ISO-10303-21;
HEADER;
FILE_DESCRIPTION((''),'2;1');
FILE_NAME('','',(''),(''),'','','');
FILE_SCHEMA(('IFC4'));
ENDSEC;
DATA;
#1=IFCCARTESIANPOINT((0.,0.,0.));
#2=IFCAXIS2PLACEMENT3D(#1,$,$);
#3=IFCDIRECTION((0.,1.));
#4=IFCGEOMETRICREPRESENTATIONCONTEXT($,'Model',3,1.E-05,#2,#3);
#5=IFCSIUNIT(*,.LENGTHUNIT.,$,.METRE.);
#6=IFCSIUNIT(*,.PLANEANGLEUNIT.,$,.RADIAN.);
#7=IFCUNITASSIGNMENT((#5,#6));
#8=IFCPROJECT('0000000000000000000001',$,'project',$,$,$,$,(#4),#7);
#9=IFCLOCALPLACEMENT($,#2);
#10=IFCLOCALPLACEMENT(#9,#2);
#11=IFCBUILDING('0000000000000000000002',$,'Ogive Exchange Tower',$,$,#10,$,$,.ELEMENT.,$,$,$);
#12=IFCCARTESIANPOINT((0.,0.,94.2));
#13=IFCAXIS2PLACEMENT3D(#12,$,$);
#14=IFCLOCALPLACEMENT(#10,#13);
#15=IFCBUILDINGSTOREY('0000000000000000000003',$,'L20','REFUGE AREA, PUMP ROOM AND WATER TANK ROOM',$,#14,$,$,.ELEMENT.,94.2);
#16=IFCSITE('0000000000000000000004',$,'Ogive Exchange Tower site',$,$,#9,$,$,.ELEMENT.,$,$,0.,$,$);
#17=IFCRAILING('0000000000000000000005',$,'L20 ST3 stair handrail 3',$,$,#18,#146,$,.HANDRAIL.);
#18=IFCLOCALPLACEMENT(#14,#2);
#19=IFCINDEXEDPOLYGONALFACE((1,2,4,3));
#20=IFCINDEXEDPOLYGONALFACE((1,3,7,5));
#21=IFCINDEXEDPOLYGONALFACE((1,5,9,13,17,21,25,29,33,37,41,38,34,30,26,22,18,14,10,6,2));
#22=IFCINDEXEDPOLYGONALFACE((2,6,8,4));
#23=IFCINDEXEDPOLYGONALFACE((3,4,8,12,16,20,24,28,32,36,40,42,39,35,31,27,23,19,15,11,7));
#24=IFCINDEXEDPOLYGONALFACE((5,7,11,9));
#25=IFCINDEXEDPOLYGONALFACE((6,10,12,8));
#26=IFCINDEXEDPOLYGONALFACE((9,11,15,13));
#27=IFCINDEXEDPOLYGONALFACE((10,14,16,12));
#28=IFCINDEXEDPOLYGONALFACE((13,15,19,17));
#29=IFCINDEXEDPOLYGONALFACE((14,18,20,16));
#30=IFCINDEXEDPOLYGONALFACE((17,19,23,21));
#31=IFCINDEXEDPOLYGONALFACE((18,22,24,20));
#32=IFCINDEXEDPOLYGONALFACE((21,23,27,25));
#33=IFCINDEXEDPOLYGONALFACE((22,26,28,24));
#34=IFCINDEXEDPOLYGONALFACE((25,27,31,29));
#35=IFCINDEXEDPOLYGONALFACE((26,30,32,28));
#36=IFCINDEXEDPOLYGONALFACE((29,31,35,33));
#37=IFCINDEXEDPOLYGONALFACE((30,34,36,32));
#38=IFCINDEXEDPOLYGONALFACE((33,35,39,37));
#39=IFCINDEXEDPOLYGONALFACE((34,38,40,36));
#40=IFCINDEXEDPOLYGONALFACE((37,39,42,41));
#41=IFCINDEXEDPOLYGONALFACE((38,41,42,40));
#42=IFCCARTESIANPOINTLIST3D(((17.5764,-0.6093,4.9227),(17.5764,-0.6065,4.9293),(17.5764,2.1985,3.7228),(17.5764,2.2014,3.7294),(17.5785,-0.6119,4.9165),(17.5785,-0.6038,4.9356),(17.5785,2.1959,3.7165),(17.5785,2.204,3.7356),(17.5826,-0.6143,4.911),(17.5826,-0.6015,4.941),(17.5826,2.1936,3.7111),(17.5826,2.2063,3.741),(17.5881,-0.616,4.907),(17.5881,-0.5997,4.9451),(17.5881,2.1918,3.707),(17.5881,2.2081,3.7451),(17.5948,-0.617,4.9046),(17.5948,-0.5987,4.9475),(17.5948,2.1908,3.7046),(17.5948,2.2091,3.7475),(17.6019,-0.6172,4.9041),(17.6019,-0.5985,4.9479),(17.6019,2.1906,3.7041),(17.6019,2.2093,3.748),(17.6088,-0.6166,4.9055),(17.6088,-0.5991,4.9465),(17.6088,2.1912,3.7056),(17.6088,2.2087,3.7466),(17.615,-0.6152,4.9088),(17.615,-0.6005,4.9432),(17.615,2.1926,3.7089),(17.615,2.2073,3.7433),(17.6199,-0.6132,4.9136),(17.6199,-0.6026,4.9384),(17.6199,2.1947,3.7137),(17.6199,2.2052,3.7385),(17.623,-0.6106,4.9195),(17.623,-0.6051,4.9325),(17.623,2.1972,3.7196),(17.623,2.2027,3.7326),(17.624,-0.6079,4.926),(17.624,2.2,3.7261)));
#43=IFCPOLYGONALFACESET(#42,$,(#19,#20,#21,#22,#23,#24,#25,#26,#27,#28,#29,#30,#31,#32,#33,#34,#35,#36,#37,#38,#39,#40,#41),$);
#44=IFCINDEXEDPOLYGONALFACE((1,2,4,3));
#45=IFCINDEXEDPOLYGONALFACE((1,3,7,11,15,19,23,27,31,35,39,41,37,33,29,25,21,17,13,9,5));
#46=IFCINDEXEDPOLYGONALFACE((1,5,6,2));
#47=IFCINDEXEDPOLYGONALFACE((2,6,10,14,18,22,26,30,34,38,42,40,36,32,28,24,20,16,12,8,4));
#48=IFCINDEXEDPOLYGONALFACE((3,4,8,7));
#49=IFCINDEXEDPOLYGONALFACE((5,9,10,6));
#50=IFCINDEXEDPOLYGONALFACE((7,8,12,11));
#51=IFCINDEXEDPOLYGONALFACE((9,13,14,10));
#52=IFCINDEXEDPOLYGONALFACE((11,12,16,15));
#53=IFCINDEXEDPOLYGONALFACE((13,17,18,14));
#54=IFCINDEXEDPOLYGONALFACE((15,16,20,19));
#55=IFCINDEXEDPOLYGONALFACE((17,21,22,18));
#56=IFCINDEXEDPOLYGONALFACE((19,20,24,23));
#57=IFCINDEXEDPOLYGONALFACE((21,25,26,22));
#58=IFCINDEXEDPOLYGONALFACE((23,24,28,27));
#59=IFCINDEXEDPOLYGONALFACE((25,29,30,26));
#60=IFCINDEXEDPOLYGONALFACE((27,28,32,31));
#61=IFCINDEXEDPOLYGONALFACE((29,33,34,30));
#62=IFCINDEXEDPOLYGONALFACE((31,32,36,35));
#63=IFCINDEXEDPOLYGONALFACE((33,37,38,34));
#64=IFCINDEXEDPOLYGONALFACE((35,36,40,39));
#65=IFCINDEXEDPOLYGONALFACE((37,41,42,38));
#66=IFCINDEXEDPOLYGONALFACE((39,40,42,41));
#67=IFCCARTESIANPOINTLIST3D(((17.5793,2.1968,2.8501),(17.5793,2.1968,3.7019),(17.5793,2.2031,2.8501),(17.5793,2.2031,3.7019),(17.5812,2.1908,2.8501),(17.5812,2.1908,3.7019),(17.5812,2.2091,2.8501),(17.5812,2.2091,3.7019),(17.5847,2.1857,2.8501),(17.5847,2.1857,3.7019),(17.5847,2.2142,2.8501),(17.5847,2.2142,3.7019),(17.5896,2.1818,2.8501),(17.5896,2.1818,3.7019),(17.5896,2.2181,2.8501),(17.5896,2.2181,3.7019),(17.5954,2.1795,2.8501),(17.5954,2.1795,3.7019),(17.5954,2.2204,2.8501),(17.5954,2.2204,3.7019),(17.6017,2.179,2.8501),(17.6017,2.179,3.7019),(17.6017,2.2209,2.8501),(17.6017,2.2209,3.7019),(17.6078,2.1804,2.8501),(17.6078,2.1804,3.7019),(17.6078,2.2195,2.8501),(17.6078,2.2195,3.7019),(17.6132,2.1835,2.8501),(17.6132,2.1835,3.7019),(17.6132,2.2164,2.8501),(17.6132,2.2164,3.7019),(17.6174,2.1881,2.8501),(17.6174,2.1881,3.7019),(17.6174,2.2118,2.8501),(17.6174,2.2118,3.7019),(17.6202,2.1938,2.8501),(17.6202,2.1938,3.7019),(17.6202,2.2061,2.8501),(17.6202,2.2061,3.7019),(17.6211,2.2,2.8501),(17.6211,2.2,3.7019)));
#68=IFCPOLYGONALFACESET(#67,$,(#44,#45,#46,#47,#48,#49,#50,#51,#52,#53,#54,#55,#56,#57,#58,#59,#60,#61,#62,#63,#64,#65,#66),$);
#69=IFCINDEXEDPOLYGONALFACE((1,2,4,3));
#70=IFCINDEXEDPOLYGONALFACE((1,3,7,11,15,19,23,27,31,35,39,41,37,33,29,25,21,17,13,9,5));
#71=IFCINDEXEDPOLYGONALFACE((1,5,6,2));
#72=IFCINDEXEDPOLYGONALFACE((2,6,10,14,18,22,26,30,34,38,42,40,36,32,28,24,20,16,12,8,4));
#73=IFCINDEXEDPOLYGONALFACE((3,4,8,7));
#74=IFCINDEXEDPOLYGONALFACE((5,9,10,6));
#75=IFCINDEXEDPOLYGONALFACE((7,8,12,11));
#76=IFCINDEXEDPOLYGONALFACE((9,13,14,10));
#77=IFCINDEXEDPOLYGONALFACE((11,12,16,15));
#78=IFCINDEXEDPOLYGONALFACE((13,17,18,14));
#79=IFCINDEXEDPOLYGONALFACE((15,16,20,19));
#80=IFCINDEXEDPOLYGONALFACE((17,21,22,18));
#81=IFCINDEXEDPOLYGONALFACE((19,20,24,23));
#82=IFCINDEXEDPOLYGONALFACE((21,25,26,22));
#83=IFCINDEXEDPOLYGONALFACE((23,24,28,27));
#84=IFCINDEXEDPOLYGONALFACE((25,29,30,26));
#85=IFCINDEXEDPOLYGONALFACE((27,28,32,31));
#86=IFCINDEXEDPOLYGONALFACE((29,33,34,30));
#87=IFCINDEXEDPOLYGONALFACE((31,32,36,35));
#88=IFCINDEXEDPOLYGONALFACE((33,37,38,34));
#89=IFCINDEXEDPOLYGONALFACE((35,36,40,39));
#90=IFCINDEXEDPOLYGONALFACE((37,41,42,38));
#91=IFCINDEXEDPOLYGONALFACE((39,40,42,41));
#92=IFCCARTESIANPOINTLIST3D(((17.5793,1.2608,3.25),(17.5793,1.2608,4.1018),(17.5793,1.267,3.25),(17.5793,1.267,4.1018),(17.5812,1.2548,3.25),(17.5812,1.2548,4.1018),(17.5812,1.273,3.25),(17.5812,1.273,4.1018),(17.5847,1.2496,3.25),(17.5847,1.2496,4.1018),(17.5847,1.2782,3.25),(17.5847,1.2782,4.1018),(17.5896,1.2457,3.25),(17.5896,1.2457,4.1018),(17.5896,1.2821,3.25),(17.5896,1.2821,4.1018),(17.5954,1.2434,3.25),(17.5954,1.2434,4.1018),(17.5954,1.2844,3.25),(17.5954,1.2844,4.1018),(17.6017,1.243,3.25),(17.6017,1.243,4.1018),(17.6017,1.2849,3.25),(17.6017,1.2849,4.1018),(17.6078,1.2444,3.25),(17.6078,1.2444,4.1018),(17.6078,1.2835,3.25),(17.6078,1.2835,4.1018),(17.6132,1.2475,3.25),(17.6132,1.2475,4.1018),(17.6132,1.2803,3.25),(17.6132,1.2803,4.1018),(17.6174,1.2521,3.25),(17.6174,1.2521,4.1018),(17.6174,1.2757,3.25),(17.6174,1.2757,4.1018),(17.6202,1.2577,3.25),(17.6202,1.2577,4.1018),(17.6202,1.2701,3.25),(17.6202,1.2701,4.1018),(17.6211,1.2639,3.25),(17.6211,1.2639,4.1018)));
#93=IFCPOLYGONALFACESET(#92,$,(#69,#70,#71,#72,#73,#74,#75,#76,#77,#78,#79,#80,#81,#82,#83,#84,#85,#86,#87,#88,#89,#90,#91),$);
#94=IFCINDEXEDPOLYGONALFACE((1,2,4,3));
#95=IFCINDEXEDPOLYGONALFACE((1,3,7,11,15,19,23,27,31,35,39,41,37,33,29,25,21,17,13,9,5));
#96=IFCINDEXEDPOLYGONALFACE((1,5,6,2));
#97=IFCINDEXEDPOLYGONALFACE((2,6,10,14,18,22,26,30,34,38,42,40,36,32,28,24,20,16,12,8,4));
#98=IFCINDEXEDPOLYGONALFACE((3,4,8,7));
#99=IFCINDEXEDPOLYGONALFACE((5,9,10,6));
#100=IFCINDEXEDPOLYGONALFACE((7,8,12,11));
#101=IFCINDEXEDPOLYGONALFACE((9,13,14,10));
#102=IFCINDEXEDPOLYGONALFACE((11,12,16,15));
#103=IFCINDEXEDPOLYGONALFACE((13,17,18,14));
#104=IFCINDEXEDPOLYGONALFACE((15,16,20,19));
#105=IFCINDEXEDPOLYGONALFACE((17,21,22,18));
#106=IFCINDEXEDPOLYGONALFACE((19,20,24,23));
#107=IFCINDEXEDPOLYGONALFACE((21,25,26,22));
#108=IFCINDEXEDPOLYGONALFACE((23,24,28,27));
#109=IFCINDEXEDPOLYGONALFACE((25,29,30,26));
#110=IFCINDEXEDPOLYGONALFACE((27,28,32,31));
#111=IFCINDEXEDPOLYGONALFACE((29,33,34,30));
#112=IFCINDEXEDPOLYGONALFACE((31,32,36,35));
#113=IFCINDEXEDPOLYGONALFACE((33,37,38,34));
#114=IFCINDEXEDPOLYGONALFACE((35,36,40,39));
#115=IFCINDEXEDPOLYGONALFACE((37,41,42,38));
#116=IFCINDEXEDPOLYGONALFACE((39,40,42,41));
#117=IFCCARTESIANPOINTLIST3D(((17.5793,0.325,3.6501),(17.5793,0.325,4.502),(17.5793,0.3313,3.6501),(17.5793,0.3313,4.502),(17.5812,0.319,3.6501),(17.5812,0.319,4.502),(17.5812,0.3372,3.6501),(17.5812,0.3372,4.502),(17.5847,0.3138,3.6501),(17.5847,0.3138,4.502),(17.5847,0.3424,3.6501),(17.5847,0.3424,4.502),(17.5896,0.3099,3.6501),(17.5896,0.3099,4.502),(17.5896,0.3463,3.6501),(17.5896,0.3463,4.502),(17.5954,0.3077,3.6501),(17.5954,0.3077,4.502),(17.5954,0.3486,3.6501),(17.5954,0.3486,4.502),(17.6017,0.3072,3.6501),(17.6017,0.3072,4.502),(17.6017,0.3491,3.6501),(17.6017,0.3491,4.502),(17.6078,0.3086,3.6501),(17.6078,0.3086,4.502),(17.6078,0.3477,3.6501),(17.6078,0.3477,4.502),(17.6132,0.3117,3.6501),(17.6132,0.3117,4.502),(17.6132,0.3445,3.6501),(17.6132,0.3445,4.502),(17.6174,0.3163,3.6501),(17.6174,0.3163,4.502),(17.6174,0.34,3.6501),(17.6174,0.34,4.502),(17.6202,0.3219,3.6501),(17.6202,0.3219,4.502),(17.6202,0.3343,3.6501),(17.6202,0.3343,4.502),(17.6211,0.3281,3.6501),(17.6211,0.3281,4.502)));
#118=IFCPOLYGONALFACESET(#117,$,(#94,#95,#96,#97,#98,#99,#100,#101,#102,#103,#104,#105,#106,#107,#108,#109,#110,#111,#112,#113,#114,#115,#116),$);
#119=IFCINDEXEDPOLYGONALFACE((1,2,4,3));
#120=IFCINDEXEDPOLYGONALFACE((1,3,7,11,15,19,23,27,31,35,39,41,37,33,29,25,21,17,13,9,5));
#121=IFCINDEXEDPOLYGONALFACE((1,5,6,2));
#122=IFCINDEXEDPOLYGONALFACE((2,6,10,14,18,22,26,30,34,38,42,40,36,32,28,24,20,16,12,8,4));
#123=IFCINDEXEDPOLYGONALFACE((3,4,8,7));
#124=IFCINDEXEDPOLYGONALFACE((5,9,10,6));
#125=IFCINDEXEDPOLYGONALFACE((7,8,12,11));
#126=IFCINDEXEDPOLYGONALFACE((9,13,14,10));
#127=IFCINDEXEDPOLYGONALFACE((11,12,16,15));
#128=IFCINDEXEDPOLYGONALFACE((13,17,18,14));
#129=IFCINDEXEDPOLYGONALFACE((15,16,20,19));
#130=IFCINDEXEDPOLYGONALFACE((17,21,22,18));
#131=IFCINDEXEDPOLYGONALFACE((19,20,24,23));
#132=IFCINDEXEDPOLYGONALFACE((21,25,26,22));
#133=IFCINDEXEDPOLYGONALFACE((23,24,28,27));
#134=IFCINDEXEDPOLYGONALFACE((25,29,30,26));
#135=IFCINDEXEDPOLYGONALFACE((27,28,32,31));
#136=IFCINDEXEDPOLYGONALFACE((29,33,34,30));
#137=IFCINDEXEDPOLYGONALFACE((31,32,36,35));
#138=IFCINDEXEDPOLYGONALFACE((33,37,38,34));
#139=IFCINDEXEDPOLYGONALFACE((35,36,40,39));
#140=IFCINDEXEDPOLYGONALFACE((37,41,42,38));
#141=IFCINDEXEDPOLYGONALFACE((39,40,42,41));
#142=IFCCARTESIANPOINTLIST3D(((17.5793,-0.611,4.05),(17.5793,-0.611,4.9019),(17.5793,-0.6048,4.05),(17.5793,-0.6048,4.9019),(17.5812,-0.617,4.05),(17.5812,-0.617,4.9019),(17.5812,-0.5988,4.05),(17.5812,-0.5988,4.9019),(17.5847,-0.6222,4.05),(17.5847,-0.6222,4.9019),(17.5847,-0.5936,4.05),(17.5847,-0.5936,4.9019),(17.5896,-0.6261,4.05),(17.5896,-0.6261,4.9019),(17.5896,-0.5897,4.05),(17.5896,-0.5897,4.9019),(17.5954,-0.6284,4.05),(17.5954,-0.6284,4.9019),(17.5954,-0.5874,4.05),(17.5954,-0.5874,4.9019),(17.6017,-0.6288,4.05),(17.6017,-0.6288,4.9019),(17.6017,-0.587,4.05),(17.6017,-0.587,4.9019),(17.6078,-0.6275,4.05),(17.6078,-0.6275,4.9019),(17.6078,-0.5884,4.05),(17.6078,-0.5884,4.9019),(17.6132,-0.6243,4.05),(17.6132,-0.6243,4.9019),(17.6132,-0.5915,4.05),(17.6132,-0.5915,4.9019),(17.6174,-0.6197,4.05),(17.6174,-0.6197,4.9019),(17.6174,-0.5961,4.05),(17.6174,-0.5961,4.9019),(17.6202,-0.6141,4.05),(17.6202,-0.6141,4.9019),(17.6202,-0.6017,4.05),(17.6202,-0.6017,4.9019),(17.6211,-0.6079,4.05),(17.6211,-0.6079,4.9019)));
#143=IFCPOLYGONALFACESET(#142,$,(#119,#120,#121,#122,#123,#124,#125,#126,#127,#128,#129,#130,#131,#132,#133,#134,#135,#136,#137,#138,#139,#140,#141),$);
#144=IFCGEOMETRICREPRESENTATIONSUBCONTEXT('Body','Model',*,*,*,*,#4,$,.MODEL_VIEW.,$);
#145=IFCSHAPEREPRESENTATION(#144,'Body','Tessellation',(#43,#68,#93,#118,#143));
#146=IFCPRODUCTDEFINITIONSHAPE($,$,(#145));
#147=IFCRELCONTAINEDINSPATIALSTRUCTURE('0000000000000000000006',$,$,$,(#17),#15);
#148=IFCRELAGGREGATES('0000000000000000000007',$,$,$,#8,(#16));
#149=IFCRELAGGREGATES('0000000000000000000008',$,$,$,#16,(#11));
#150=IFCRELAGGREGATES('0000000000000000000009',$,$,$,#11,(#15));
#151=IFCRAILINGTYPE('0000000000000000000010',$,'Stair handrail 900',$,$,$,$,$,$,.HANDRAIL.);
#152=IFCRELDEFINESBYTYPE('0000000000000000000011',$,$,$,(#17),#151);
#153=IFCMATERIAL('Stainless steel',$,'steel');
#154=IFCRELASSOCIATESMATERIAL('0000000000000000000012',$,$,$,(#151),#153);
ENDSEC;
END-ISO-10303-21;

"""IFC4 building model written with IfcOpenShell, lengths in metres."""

from ifc_helpers import new_model, si_unit, direction, frame, origin, origin_2d, place, context, subcontext, project, spatial, circle, extrude, material, type_object, element, save


model = new_model("IFC4")

# Units and contexts
model_context = context("Model", 3, precision=1e-05, world=origin(), true_north=direction((0.0, 1.0)))
body_context = subcontext(model_context, "Body", "Model", "MODEL_VIEW")
ifc_project = project(units=[si_unit("LENGTHUNIT", "METRE"), si_unit("PLANEANGLEUNIT", "RADIAN")], contexts=[model_context])

# Site, building, storey
site_placement = place(None, origin())
site = spatial("IfcSite", under=ifc_project, at=site_placement, Name="Ogive Exchange Tower site", CompositionType="ELEMENT", RefElevation=0.0)
building_placement = place(site_placement, origin())
building = spatial("IfcBuilding", under=site, at=building_placement, Name="Ogive Exchange Tower", CompositionType="ELEMENT")
storey_placement = place(building_placement, frame((0.0, 0.0, 94.2)))
storey = spatial("IfcBuildingStorey", under=building, at=storey_placement, Name="L20", Description="REFUGE AREA, PUMP ROOM AND WATER TANK ROOM", CompositionType="ELEMENT", Elevation=94.2)

# Shared definitions
ifc_material_1 = material(Name="Stainless steel", Category="steel")

# Railing
railing_type = type_object("IfcRailingType", Name="Stair handrail 900", PredefinedType="HANDRAIL", material=ifc_material_1)
for number, where, name in (
    (1, (17.6001, 2.2, 2.8501), "L20 ST3 stair handrail 3"),
):
    element("IfcRailing", number, at=place(storey_placement, frame(where)), inside=storey, type_object=railing_type, Name=name, PredefinedType="HANDRAIL", context=body_context, shape_type="SweptSolid", body=[
        extrude(circle(Radius=0.0239, at=origin_2d()), frame((0.0, 0.0, 0.876), z_axis=(0.0, -0.91955, 0.392973), x_axis=(1.0, 0.0, 0.0)), (0.0, 0.0, 1.0), 3.0535),
        extrude(circle(Radius=0.021, at=origin_2d()), origin(), (0.0, 0.0, 1.0), 0.8518),
        extrude(circle(Radius=0.021, at=origin_2d()), frame((0.0, -0.936, 0.3999)), (0.0, 0.0, 1.0), 0.8518),
        extrude(circle(Radius=0.021, at=origin_2d()), frame((0.0, -1.8718, 0.8)), (0.0, 0.0, 1.0), 0.8518),
        extrude(circle(Radius=0.021, at=origin_2d()), frame((0.0, -2.8079, 1.2)), (0.0, 0.0, 1.0), 0.8518),
    ])

save(model, "model.ifc")
